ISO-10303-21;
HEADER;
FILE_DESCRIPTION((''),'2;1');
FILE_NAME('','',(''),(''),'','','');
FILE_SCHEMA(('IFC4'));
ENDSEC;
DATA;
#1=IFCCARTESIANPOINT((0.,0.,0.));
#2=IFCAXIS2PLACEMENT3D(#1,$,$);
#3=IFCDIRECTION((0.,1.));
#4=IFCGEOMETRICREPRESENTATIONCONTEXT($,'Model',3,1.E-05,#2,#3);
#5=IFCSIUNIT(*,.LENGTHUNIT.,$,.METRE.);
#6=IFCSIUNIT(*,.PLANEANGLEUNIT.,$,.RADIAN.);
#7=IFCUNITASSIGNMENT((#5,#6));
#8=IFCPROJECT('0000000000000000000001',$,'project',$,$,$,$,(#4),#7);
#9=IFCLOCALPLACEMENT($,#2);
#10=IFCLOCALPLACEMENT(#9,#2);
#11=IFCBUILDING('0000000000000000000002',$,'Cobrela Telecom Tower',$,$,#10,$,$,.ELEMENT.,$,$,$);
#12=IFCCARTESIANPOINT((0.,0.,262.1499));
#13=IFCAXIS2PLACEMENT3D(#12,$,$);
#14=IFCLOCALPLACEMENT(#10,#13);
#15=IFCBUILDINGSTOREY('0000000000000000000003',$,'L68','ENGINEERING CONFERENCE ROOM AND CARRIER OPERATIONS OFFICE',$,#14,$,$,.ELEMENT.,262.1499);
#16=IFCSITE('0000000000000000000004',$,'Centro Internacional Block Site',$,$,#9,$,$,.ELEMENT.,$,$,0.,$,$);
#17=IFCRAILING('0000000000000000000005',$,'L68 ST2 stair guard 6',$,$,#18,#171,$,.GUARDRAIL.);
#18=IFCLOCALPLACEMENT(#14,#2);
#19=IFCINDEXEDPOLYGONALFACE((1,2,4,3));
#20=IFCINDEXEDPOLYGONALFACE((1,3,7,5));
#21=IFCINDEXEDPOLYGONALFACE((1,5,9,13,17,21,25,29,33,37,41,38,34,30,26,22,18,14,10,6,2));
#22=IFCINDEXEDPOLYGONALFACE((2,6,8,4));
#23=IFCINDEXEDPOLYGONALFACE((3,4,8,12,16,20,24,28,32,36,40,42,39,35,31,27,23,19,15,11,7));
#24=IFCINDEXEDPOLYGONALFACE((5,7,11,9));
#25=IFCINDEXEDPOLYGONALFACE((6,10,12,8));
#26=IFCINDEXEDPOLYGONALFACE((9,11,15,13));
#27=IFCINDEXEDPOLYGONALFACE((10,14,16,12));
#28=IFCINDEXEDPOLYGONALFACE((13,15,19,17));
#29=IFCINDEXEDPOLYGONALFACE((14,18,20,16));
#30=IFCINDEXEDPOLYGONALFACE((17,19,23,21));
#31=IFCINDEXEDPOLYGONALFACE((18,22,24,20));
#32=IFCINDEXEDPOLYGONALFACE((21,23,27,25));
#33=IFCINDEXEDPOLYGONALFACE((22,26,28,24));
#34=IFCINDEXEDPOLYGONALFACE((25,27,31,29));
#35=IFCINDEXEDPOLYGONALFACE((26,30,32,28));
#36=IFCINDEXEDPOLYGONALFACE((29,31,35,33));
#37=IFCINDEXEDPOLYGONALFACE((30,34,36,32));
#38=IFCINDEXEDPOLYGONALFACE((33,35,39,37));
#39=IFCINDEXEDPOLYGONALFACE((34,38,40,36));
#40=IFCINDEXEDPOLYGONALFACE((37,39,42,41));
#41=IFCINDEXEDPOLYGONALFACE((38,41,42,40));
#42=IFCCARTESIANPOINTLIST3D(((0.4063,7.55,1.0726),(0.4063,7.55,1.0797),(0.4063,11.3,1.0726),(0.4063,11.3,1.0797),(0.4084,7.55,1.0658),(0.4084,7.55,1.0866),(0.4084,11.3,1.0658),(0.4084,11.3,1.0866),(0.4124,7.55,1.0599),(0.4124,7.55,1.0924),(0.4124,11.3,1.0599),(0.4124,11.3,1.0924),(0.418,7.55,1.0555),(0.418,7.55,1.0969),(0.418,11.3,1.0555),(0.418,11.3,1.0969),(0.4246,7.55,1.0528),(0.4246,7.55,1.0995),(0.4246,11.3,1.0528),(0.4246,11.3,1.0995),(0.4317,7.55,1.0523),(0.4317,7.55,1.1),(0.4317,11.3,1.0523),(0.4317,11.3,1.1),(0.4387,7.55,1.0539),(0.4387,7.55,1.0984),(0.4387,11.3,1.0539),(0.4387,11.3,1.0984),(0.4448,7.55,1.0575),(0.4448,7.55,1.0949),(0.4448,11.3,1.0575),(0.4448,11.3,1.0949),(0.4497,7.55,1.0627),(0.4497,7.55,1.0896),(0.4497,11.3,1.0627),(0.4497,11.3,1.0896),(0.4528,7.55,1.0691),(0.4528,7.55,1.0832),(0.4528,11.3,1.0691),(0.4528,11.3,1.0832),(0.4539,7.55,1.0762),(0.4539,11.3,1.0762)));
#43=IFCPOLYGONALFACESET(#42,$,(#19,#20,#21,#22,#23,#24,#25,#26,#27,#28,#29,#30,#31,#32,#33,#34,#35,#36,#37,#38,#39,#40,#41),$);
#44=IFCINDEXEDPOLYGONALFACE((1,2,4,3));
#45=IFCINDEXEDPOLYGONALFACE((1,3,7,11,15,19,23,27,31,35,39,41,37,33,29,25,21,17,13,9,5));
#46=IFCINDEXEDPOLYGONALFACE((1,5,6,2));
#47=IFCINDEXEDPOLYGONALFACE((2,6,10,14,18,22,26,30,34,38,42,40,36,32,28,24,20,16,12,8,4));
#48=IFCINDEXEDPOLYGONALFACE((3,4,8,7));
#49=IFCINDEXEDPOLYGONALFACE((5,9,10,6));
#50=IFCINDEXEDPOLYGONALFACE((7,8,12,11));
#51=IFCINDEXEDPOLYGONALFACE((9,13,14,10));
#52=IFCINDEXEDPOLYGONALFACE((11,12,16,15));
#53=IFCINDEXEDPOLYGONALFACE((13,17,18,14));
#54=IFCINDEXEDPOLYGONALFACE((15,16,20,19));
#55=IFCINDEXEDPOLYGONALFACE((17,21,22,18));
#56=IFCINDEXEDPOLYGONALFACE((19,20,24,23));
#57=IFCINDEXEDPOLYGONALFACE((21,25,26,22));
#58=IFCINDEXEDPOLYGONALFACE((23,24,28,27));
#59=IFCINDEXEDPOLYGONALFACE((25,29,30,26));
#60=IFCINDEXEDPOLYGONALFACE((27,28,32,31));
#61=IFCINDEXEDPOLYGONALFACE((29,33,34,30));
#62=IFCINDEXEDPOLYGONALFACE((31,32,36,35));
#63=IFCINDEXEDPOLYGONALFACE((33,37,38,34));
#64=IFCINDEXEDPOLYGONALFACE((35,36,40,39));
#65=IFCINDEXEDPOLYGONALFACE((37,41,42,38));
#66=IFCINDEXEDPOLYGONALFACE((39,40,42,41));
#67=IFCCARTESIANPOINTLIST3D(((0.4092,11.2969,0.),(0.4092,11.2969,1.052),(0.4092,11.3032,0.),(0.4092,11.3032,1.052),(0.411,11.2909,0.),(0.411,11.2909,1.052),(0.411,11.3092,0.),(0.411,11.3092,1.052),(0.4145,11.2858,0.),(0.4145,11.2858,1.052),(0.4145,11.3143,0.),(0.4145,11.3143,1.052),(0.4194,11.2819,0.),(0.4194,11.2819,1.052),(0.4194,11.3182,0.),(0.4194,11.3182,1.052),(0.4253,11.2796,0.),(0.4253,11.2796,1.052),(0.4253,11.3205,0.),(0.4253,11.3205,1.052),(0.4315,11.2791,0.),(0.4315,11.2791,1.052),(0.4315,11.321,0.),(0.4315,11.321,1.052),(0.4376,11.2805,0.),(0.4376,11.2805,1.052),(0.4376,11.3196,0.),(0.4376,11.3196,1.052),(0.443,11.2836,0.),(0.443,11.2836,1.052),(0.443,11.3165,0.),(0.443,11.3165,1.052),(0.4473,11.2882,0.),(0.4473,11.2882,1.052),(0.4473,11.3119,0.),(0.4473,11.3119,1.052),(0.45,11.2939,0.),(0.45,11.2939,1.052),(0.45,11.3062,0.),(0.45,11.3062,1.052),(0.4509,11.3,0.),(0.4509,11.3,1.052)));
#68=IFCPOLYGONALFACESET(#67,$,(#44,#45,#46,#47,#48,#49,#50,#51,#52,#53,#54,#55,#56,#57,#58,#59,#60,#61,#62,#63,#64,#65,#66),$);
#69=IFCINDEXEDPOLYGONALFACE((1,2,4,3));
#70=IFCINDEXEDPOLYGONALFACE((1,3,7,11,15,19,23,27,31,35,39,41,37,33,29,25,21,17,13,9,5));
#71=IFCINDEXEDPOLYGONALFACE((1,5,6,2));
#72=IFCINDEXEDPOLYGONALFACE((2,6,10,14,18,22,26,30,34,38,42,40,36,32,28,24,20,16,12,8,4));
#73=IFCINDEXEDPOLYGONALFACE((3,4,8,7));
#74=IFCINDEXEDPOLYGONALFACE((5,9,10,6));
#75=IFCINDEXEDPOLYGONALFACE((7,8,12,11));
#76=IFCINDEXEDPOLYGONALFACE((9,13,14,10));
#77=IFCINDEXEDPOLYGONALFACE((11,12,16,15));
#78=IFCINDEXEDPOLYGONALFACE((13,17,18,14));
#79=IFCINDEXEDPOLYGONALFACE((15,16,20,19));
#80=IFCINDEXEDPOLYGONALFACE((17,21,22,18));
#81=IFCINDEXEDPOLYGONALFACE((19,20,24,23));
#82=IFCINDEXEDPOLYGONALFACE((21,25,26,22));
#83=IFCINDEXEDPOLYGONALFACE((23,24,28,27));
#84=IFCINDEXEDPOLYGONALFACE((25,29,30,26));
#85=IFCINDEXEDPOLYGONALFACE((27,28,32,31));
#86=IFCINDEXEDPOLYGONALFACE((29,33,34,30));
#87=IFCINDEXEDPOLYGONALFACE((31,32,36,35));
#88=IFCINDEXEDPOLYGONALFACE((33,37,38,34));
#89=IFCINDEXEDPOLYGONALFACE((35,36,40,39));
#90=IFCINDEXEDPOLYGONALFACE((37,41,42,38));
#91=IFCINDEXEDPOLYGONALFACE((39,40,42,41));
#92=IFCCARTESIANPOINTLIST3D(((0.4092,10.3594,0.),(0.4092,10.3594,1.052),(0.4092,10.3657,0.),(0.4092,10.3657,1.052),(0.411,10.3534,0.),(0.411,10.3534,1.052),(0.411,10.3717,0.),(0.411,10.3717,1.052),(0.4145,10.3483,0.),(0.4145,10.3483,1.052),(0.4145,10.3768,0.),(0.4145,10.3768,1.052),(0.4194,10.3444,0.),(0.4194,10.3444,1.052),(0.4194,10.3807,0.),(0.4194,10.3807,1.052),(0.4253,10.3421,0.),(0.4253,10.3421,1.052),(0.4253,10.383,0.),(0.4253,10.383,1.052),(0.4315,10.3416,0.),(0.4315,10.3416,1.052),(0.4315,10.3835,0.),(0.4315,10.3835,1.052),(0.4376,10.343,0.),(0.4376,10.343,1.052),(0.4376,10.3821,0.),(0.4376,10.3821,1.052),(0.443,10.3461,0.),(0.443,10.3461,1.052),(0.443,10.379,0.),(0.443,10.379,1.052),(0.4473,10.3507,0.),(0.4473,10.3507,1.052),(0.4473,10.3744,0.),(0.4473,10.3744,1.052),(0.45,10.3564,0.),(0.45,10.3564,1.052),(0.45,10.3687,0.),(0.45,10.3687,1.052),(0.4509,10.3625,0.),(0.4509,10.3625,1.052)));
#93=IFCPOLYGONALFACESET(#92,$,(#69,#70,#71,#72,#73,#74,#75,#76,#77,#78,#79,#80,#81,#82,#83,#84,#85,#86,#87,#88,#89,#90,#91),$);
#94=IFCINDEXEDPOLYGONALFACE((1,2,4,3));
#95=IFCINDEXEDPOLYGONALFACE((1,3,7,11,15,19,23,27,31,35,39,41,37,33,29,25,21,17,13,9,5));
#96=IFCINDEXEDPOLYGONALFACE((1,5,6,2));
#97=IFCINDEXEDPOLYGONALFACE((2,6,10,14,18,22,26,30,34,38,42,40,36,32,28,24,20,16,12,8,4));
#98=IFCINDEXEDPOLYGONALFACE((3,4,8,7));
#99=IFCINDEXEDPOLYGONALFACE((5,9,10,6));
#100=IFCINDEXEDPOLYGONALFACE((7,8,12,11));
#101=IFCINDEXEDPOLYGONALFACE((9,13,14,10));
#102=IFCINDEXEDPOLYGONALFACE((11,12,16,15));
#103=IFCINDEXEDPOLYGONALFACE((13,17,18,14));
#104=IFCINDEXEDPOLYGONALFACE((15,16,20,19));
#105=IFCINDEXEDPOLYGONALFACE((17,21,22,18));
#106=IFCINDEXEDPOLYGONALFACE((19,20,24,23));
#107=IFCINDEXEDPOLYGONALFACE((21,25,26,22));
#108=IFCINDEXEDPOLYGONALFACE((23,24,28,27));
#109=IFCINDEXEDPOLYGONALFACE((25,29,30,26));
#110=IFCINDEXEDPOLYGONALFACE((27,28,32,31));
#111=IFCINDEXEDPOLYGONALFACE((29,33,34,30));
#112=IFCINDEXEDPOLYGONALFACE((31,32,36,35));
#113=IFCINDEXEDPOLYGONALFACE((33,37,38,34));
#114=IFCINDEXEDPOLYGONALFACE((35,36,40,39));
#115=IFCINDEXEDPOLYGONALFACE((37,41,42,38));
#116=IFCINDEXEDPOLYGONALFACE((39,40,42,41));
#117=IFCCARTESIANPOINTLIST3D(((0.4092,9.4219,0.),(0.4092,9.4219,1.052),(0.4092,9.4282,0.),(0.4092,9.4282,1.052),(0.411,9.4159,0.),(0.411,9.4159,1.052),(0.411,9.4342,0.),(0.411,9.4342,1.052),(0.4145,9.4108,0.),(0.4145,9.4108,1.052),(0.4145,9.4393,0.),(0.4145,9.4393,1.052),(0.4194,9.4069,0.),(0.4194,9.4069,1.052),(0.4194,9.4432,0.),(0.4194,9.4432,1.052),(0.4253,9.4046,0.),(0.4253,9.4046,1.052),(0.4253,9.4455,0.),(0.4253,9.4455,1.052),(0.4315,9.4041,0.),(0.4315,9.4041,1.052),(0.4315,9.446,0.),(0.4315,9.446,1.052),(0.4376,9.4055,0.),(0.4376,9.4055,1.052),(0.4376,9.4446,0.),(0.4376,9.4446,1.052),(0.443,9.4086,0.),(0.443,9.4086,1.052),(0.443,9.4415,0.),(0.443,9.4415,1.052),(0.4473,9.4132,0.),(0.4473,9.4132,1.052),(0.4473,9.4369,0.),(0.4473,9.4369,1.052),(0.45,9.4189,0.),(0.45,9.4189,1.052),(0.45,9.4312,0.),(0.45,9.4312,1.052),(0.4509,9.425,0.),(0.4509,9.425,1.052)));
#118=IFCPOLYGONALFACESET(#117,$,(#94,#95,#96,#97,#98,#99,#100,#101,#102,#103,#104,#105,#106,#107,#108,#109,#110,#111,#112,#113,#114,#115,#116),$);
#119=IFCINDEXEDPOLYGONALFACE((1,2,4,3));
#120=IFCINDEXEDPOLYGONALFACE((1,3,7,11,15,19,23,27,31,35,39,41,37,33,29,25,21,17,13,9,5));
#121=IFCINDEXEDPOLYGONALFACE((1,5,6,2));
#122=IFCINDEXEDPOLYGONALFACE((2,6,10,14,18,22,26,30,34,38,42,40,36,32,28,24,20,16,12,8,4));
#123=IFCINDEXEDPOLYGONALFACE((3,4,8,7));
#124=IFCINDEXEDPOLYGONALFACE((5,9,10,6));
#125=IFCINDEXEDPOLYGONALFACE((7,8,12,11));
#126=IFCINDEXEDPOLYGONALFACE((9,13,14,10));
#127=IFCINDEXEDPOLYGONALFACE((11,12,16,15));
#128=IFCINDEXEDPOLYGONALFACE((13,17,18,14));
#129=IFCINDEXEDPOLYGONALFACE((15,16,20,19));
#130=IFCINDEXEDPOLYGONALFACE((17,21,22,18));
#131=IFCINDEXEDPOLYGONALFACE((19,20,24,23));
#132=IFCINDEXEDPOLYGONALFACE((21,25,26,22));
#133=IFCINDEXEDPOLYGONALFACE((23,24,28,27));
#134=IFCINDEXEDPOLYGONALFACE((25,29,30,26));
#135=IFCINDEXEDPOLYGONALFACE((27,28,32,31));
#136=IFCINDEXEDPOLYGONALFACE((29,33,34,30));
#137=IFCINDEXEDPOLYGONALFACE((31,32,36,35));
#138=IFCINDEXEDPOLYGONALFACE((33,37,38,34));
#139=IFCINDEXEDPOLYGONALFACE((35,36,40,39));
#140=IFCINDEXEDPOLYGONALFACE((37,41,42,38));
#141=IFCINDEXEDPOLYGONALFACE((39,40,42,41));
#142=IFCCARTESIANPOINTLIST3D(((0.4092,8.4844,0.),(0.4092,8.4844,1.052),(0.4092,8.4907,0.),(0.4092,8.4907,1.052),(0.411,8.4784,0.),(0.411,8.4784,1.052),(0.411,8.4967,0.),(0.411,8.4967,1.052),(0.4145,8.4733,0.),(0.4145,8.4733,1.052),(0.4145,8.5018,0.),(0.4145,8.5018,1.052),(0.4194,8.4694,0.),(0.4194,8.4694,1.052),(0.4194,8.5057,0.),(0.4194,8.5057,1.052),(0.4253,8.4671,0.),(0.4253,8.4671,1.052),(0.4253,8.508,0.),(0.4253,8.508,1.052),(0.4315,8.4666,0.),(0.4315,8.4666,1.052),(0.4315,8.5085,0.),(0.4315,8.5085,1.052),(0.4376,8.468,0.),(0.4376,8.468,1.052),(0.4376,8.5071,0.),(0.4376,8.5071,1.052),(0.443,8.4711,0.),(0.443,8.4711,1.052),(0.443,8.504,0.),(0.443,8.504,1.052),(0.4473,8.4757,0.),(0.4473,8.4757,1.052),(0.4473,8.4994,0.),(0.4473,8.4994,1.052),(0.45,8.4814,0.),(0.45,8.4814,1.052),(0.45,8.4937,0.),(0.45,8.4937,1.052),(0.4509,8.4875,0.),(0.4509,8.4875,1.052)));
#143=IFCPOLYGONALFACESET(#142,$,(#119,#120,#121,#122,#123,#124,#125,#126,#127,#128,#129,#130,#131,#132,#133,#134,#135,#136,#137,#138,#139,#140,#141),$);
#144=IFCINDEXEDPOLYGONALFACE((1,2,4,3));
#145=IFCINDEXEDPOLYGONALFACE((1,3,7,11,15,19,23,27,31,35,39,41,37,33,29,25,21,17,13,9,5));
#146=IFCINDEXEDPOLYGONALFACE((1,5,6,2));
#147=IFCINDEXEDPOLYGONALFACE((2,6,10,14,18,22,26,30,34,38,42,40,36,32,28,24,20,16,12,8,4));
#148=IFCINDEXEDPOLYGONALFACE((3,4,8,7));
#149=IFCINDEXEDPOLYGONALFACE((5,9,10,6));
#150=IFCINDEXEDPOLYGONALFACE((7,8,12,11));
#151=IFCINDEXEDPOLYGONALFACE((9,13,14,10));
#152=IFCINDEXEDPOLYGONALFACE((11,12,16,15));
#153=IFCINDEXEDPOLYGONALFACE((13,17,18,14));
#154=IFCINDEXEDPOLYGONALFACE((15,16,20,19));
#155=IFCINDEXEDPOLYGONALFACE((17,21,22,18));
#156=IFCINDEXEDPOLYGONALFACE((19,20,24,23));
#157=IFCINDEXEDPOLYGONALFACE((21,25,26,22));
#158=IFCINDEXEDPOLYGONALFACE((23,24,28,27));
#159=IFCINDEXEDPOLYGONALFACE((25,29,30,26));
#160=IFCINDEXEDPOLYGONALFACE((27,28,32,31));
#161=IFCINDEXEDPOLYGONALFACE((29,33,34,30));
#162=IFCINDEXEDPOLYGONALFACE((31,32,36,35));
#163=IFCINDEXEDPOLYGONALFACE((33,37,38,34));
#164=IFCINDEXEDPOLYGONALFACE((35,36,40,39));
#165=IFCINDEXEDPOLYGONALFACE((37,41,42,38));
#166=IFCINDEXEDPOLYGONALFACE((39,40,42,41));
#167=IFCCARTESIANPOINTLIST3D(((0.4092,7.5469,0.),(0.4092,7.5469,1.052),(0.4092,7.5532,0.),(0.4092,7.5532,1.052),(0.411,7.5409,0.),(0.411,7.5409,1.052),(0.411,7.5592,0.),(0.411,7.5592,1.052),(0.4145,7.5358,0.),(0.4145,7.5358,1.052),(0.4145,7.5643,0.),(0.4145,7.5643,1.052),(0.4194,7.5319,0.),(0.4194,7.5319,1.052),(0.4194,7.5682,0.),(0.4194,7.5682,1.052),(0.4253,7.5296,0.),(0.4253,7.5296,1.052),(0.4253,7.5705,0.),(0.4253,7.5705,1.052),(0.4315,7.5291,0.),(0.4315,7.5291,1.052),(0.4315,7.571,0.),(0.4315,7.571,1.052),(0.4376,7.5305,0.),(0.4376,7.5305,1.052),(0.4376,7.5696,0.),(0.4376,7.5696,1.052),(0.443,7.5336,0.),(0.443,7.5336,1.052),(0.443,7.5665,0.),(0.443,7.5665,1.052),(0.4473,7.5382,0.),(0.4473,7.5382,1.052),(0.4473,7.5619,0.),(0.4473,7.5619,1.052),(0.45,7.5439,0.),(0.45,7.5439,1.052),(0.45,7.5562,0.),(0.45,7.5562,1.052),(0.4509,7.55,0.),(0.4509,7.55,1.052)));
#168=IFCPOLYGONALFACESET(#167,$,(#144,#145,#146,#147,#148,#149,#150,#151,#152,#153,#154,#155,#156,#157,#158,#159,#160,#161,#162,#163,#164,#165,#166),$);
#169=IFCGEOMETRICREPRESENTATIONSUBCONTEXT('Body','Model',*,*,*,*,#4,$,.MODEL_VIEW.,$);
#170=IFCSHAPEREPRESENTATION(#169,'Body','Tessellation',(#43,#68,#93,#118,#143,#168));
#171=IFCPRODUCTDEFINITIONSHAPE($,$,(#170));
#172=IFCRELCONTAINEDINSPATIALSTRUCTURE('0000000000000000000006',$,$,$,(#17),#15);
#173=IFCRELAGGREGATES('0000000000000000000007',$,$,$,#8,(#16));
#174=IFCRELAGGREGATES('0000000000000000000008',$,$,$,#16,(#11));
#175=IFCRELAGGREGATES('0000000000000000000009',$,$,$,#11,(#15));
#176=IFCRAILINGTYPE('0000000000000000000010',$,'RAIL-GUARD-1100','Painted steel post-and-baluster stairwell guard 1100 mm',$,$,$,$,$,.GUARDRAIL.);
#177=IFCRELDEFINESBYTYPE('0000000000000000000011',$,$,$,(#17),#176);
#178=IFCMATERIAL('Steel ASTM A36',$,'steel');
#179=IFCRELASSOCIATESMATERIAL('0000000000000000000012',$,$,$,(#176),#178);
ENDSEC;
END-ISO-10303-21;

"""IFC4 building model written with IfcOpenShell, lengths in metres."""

from ifc_helpers import new_model, si_unit, direction, frame, origin, origin_2d, place, context, subcontext, project, spatial, circle, extrude, material, type_object, element, save


model = new_model("IFC4")

# Units and contexts
model_context = context("Model", 3, precision=1e-05, world=origin(), true_north=direction((0.0, 1.0)))
body_context = subcontext(model_context, "Body", "Model", "MODEL_VIEW")
ifc_project = project(units=[si_unit("LENGTHUNIT", "METRE"), si_unit("PLANEANGLEUNIT", "RADIAN")], contexts=[model_context])

# Site, building, storey
site_placement = place(None, origin())
site = spatial("IfcSite", under=ifc_project, at=site_placement, Name="Centro Internacional Block Site", CompositionType="ELEMENT", RefElevation=0.0)
building_placement = place(site_placement, origin())
building = spatial("IfcBuilding", under=site, at=building_placement, Name="Cobrela Telecom Tower", CompositionType="ELEMENT")
storey_placement = place(building_placement, frame((0.0, 0.0, 262.1499)))
storey = spatial("IfcBuildingStorey", under=building, at=storey_placement, Name="L68", Description="ENGINEERING CONFERENCE ROOM AND CARRIER OPERATIONS OFFICE", CompositionType="ELEMENT", Elevation=262.1499)

# Shared definitions
ifc_material_1 = material(Name="Steel ASTM A36", Category="steel")

# Railing
railing_type = type_object("IfcRailingType", Name="RAIL-GUARD-1100", Description="Painted steel post-and-baluster stairwell guard 1100 mm", PredefinedType="GUARDRAIL", material=ifc_material_1)
railing_1_placement = place(storey_placement, frame((0.4299, 11.3, 0.0)))
element("IfcRailing", 1, at=railing_1_placement, inside=storey, type_object=railing_type, Name="L68 ST2 stair guard 6", PredefinedType="GUARDRAIL", context=body_context, shape_type="SweptSolid", body=[
    extrude(circle(Radius=0.0239, at=origin_2d()), frame((0.0, 0.0, 1.0762), z_axis=(0.0, -1.0, 0.0), x_axis=(1.0, 0.0, 0.0)), (0.0, 0.0, 1.0), 3.75),
    extrude(circle(Radius=0.021, at=origin_2d()), origin(), (0.0, 0.0, 1.0), 1.052),
    extrude(circle(Radius=0.021, at=origin_2d()), frame((0.0, -0.9375, 0.0)), (0.0, 0.0, 1.0), 1.052),
    extrude(circle(Radius=0.021, at=origin_2d()), frame((0.0, -1.875, 0.0)), (0.0, 0.0, 1.0), 1.052),
    extrude(circle(Radius=0.021, at=origin_2d()), frame((0.0, -2.8125, 0.0)), (0.0, 0.0, 1.0), 1.052),
    extrude(circle(Radius=0.021, at=origin_2d()), frame((0.0, -3.75, 0.0)), (0.0, 0.0, 1.0), 1.052),
])

save(model, "model.ifc")
